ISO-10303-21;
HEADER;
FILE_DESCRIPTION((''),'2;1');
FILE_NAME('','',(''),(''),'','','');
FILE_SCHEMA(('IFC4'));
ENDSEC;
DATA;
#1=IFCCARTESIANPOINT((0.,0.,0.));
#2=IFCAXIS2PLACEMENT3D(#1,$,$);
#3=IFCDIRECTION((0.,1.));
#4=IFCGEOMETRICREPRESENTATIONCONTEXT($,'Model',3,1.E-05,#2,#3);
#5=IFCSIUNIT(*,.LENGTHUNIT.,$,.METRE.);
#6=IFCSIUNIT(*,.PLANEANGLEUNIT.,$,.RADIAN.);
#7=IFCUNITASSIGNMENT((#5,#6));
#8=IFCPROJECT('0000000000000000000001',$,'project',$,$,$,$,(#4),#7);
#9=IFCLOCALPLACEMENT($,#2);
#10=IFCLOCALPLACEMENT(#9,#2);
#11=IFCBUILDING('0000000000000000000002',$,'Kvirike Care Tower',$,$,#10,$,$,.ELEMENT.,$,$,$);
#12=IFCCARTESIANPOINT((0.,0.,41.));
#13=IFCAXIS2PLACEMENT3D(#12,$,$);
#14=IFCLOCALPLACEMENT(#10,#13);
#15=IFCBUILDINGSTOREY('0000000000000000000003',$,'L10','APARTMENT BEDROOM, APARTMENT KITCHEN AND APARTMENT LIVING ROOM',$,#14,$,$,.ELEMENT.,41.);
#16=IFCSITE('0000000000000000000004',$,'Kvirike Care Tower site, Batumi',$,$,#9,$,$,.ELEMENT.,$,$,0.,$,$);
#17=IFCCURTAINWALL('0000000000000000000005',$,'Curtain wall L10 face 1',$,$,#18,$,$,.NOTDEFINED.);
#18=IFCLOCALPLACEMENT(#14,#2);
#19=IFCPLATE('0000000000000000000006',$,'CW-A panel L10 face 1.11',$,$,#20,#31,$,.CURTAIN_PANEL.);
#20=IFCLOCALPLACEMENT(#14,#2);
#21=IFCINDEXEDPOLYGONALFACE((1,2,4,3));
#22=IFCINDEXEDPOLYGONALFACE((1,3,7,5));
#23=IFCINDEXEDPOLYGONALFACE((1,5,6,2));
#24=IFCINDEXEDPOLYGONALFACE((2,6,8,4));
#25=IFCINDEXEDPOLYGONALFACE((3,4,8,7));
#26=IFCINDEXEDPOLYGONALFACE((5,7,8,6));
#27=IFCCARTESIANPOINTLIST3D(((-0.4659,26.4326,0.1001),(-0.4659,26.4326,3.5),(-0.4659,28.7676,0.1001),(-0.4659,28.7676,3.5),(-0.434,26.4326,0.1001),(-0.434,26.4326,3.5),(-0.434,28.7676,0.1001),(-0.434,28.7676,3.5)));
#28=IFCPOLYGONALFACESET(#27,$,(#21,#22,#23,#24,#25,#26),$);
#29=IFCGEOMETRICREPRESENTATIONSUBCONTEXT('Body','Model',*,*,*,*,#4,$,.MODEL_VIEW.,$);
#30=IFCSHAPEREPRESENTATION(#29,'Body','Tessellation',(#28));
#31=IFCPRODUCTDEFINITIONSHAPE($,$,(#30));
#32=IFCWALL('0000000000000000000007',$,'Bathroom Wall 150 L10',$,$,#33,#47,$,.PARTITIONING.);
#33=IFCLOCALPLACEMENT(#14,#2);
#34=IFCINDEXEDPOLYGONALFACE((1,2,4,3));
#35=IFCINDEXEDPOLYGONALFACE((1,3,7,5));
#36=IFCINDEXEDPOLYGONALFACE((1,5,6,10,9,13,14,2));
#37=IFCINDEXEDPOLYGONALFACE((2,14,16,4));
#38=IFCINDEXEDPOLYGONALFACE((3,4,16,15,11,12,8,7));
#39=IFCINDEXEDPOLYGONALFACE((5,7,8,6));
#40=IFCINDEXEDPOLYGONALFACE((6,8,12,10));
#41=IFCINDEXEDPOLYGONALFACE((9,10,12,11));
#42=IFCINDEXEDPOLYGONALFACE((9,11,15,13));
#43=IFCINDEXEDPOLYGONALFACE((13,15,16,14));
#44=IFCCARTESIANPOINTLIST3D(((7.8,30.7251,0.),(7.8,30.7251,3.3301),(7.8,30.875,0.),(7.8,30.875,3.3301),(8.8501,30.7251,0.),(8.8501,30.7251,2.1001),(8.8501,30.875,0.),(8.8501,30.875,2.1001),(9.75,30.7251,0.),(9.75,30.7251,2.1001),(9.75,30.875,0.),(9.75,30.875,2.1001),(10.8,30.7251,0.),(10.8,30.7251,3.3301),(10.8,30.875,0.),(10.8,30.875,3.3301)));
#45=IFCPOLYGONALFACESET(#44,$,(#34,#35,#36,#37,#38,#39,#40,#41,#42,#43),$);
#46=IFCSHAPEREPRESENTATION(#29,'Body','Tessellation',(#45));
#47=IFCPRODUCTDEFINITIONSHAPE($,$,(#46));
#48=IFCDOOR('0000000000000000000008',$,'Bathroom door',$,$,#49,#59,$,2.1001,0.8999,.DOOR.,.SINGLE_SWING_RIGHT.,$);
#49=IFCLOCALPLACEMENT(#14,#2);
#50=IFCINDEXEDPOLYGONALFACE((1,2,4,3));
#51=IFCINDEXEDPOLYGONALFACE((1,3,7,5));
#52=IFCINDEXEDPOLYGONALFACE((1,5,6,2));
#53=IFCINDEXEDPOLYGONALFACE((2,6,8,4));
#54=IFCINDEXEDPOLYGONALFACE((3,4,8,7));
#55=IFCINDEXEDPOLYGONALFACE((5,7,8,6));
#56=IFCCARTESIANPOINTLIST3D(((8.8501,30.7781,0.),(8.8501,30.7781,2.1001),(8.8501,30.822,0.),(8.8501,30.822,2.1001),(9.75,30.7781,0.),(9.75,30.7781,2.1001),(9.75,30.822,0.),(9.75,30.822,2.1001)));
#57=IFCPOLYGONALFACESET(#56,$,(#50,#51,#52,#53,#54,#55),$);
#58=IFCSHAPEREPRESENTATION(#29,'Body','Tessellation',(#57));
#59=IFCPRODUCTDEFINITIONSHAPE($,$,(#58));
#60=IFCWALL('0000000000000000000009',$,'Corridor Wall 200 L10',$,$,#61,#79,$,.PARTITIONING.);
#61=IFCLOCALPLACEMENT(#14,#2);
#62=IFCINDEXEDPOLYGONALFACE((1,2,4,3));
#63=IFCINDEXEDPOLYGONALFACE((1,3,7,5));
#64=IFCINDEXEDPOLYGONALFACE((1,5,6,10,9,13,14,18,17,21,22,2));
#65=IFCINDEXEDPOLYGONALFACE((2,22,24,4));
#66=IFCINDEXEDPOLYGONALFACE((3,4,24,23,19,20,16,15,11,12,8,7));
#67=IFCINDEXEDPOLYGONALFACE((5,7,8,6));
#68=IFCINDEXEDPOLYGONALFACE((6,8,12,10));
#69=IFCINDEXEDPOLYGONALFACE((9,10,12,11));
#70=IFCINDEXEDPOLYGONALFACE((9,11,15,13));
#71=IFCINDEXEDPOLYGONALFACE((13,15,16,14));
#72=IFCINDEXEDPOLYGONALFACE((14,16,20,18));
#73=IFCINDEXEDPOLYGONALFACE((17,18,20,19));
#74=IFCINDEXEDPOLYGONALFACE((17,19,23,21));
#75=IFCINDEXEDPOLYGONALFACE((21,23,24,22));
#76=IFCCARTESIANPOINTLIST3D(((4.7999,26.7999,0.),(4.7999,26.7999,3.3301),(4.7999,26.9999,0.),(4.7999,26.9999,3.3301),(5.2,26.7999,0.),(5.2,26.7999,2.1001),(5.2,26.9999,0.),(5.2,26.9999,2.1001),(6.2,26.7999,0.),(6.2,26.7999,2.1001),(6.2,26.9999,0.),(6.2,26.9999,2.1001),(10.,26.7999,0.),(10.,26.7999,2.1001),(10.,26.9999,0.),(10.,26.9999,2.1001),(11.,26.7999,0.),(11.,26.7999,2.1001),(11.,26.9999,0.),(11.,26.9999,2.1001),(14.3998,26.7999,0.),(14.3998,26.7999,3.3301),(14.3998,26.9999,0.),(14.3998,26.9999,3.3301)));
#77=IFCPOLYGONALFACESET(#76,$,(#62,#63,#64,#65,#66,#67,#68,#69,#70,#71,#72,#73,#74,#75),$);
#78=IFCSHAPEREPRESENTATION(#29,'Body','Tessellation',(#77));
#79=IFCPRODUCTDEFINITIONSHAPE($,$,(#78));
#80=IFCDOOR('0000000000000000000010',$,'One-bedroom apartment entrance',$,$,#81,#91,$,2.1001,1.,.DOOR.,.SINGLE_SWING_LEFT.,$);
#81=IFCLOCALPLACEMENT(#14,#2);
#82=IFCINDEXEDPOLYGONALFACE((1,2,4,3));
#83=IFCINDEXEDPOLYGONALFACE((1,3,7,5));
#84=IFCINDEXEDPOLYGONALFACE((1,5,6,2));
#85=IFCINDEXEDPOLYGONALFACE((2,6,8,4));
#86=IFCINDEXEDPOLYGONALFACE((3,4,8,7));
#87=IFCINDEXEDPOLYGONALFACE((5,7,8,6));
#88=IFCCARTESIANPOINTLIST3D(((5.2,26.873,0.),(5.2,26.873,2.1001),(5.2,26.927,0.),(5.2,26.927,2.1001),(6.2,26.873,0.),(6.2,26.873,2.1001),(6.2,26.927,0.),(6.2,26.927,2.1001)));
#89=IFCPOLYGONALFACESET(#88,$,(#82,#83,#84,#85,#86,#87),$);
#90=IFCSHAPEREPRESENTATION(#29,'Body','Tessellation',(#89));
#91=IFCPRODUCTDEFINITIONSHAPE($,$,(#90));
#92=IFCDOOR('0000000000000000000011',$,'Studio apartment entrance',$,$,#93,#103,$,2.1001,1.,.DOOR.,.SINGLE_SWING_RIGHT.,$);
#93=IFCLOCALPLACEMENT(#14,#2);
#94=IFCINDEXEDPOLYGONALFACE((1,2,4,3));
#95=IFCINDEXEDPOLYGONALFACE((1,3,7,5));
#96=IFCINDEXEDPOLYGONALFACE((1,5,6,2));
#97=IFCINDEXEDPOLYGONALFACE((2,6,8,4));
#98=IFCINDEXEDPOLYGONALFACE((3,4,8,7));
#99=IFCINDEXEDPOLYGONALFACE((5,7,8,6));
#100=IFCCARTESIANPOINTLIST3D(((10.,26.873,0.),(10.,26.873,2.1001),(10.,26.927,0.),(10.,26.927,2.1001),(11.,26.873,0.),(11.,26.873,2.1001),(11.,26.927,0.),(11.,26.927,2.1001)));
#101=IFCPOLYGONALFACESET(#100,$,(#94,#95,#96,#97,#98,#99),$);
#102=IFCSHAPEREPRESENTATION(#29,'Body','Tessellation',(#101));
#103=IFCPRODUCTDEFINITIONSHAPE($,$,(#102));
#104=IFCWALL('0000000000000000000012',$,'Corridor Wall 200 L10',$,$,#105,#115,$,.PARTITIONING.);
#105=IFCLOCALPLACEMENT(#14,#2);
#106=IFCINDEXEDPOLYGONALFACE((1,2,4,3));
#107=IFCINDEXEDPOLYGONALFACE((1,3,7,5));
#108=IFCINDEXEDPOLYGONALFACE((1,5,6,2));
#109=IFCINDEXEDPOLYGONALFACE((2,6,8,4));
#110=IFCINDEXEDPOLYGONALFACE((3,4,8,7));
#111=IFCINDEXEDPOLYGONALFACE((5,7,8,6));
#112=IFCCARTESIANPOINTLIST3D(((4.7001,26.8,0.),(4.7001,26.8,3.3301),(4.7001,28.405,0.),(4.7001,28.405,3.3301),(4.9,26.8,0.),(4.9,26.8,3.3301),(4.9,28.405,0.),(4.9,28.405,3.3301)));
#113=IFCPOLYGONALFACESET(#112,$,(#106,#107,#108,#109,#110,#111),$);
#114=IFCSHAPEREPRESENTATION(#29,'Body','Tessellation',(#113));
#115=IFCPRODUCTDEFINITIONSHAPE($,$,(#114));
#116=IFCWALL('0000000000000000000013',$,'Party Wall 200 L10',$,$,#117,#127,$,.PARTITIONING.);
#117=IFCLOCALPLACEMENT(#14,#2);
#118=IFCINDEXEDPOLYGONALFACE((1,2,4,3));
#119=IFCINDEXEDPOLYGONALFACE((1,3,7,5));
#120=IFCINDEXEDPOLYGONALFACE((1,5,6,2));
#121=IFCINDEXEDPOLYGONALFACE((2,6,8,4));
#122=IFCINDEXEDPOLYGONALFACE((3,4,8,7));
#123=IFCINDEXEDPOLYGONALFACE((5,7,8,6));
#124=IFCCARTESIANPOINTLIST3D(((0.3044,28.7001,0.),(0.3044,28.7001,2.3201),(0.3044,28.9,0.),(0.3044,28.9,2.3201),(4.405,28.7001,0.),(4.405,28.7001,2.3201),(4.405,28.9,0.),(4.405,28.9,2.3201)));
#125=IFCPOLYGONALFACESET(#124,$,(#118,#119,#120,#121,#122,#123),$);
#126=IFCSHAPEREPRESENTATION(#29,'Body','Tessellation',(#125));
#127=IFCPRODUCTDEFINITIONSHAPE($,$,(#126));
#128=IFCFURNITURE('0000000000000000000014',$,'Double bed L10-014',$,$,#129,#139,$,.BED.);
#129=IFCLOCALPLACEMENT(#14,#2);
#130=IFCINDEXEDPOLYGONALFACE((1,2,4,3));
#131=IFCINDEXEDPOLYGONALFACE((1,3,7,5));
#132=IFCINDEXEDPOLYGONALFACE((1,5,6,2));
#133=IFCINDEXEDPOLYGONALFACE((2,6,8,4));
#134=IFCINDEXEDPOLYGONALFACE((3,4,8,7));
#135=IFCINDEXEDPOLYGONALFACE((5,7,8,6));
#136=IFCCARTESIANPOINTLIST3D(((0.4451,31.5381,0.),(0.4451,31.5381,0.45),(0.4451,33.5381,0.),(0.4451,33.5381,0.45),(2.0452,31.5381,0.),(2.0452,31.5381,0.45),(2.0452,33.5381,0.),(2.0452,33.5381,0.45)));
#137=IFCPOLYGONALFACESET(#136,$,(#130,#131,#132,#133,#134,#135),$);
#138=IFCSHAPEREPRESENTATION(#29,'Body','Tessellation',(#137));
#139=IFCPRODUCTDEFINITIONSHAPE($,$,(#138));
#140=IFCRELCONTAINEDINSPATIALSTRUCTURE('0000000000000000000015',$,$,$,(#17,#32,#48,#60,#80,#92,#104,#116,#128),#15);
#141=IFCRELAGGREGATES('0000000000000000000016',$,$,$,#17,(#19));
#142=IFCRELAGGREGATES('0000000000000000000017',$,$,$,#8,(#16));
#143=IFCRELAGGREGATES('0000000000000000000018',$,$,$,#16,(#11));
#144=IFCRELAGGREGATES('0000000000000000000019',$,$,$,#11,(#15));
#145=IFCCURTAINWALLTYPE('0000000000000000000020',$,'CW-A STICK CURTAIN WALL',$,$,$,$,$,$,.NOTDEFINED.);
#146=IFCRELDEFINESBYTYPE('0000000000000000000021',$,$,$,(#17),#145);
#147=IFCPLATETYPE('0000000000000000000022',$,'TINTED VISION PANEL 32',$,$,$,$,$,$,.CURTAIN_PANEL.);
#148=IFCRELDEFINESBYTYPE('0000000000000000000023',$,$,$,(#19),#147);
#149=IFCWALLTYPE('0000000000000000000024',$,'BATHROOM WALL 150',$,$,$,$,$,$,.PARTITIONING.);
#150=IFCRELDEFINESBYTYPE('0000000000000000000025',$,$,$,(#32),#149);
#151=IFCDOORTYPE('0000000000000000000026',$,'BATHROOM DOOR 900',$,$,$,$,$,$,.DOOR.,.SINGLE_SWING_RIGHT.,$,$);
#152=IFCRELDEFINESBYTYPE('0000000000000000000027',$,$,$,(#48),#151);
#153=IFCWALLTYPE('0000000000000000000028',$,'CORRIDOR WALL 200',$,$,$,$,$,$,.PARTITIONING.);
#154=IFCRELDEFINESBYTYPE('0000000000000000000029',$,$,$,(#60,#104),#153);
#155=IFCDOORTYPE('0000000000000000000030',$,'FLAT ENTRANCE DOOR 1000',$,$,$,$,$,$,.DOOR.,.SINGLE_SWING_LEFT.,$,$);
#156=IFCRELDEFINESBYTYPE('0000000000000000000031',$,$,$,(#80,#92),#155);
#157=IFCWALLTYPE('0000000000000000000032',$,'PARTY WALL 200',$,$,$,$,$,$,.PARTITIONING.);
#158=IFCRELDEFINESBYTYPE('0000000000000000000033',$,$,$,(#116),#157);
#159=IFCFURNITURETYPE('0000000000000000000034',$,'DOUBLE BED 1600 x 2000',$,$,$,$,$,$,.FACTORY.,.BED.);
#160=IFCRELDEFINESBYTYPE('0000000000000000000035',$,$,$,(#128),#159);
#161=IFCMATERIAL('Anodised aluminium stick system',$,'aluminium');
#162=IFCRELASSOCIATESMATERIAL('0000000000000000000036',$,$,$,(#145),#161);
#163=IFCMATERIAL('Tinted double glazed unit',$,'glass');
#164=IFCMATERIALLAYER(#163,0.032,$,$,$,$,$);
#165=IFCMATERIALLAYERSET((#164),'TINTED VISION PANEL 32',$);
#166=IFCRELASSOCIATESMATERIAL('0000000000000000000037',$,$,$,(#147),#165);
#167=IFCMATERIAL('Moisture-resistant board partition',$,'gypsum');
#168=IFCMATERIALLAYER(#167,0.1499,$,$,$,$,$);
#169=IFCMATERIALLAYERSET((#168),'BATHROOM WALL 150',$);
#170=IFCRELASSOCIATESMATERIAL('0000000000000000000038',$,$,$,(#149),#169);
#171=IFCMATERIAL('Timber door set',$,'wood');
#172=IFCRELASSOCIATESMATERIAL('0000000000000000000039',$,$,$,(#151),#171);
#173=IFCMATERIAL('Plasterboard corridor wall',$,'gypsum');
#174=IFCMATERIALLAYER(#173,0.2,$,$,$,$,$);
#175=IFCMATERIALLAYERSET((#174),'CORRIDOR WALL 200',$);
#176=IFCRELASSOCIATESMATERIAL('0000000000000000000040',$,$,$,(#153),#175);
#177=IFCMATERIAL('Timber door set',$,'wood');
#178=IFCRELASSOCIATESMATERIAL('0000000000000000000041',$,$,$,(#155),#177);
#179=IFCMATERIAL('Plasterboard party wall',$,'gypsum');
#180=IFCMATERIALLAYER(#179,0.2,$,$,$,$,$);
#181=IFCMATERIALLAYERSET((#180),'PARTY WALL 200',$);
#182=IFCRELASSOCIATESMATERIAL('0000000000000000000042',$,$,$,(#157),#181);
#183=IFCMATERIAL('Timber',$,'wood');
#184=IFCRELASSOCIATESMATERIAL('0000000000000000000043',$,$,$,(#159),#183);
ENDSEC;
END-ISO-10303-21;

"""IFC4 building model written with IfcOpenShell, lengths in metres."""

from ifc_helpers import new_model, si_unit, direction, frame, frame_2d, origin, origin_2d, place, context, subcontext, project, spatial, rectangle, extrude, material, layer, layer_set, type_object, element, fill, aggregate, save


model = new_model("IFC4")

# Units and contexts
model_context = context("Model", 3, precision=1e-05, world=origin(), true_north=direction((0.0, 1.0)))
body_context = subcontext(model_context, "Body", "Model", "MODEL_VIEW")
ifc_project = project(units=[si_unit("LENGTHUNIT", "METRE"), si_unit("PLANEANGLEUNIT", "RADIAN")], contexts=[model_context])

# Site, building, storey
site_placement = place(None, origin())
site = spatial("IfcSite", under=ifc_project, at=site_placement, Name="Kvirike Care Tower site, Batumi", CompositionType="ELEMENT", RefElevation=0.0)
building_placement = place(site_placement, origin())
building = spatial("IfcBuilding", under=site, at=building_placement, Name="Kvirike Care Tower", CompositionType="ELEMENT")
storey_placement = place(building_placement, frame((0.0, 0.0, 41.0)))
storey = spatial("IfcBuildingStorey", under=building, at=storey_placement, Name="L10", Description="APARTMENT BEDROOM, APARTMENT KITCHEN AND APARTMENT LIVING ROOM", CompositionType="ELEMENT", Elevation=41.0)

# Curtain wall
ifc_material_1 = material(Name="Anodised aluminium stick system", Category="aluminium")
curtain_wall_type = type_object("IfcCurtainWallType", Name="CW-A STICK CURTAIN WALL", PredefinedType="NOTDEFINED", material=ifc_material_1)
curtain_wall_placement = place(storey_placement, origin())
curtain_wall = element("IfcCurtainWall", 1, at=curtain_wall_placement, inside=storey, type_object=curtain_wall_type, Name="Curtain wall L10 face 1", PredefinedType="NOTDEFINED")

# Plate
ifc_material_2 = material(Name="Tinted double glazed unit", Category="glass")
ifc_layer_1 = layer(ifc_material_2, 0.032)
ifc_layer_set_1 = layer_set([ifc_layer_1], Name="TINTED VISION PANEL 32")
plate_type = type_object("IfcPlateType", Name="TINTED VISION PANEL 32", PredefinedType="CURTAIN_PANEL", material=ifc_layer_set_1)
plate_1_placement = place(storey_placement, frame((-0.45, 27.6001, 0.1001), z_axis=(0.0, 0.0, 1.0), x_axis=(0.0, -1.0, 0.0)))
plate_1 = element("IfcPlate", 2, at=plate_1_placement, type_object=plate_type, Name="CW-A panel L10 face 1.11", PredefinedType="CURTAIN_PANEL", context=body_context, shape_type="SweptSolid", body=[
    extrude(rectangle(XDim=2.335, YDim=0.032, at=origin_2d()), origin(), (0.0, 0.0, 1.0), 3.3999),
])
aggregate(curtain_wall, [plate_1])

# Wall, opening, door
ifc_material_3 = material(Name="Moisture-resistant board partition", Category="gypsum")
ifc_layer_2 = layer(ifc_material_3, 0.1499)
ifc_layer_set_2 = layer_set([ifc_layer_2], Name="BATHROOM WALL 150")
wall_type_1 = type_object("IfcWallType", Name="BATHROOM WALL 150", PredefinedType="PARTITIONING", material=ifc_layer_set_2)
wall_1_placement = place(storey_placement, frame((7.8, 30.8, 0.0), z_axis=(0.0, 0.0, 1.0), x_axis=(1.0, 0.0, 0.0)))
wall_1 = element("IfcWall", 3, at=wall_1_placement, inside=storey, type_object=wall_type_1, Name="Bathroom Wall 150 L10", PredefinedType="PARTITIONING", context=body_context, shape_type="SweptSolid", body=[
    extrude(rectangle(XDim=3.0, YDim=0.1499, at=frame_2d((1.5, 0.0))), origin(), (0.0, 0.0, 1.0), 3.3301),
])
opening_1_placement = place(wall_1_placement, frame((1.05, 0.0, 0.0)))
opening_1 = element("IfcOpeningElement", 4, at=opening_1_placement, cuts=wall_1, PredefinedType="OPENING", context=body_context, shape_type="SweptSolid", body=[
    extrude(rectangle(XDim=0.8999, YDim=2.1001, at=frame_2d((0.45, 1.05))), frame((0.0, 0.0854, 0.0), z_axis=(0.0, -1.0, 0.0), x_axis=(1.0, 0.0, 0.0)), (0.0, 0.0, 1.0), 0.1709),
])
ifc_material_4 = material(Name="Timber door set", Category="wood")
door_type_1 = type_object("IfcDoorType", Name="BATHROOM DOOR 900", OperationType="SINGLE_SWING_RIGHT", PredefinedType="DOOR", material=ifc_material_4)
door_1_placement = place(opening_1_placement, origin())
door_1 = element("IfcDoor", 5, at=door_1_placement, inside=storey, type_object=door_type_1, Name="Bathroom door", OperationType="SINGLE_SWING_RIGHT", OverallHeight=2.1001, OverallWidth=0.8999, PredefinedType="DOOR", context=body_context, shape_type="SweptSolid", body=[
    extrude(rectangle(XDim=0.8999, YDim=2.1001, at=frame_2d((0.45, 1.05))), frame((0.0, 0.022, 0.0), z_axis=(0.0, -1.0, 0.0), x_axis=(1.0, 0.0, 0.0)), (0.0, 0.0, 1.0), 0.0439),
])
fill(opening_1, door_1)

# Wall, openings, doors
ifc_material_5 = material(Name="Plasterboard corridor wall", Category="gypsum")
ifc_layer_3 = layer(ifc_material_5, 0.2)
ifc_layer_set_3 = layer_set([ifc_layer_3], Name="CORRIDOR WALL 200")
wall_type_2 = type_object("IfcWallType", Name="CORRIDOR WALL 200", PredefinedType="PARTITIONING", material=ifc_layer_set_3)
wall_2_placement = place(storey_placement, frame((4.8, 26.8999, 0.0), z_axis=(0.0, 0.0, 1.0), x_axis=(1.0, 0.0, 0.0)))
wall_2 = element("IfcWall", 6, at=wall_2_placement, inside=storey, type_object=wall_type_2, Name="Corridor Wall 200 L10", PredefinedType="PARTITIONING", context=body_context, shape_type="SweptSolid", body=[
    extrude(rectangle(XDim=9.5999, YDim=0.2, at=frame_2d((4.7998, 0.0))), origin(), (0.0, 0.0, 1.0), 3.3301),
])
opening_2_placement = place(wall_2_placement, frame((0.3999, 0.0, 0.0)))
opening_2 = element("IfcOpeningElement", 7, at=opening_2_placement, cuts=wall_2, PredefinedType="OPENING", context=body_context, shape_type="SweptSolid", body=[
    extrude(rectangle(XDim=1.0, YDim=2.1001, at=frame_2d((0.5, 1.05))), frame((0.0, 0.1106, 0.0), z_axis=(0.0, -1.0, 0.0), x_axis=(1.0, 0.0, 0.0)), (0.0, 0.0, 1.0), 0.2209),
])
opening_3_placement = place(wall_2_placement, frame((5.2, 0.0, 0.0)))
opening_3 = element("IfcOpeningElement", 8, at=opening_3_placement, cuts=wall_2, PredefinedType="OPENING", context=body_context, shape_type="SweptSolid", body=[
    extrude(rectangle(XDim=1.0, YDim=2.1001, at=frame_2d((0.5, 1.05))), frame((0.0, 0.1106, 0.0), z_axis=(0.0, -1.0, 0.0), x_axis=(1.0, 0.0, 0.0)), (0.0, 0.0, 1.0), 0.2209),
])
ifc_material_6 = material(Name="Timber door set", Category="wood")
door_type_2 = type_object("IfcDoorType", Name="FLAT ENTRANCE DOOR 1000", OperationType="SINGLE_SWING_LEFT", PredefinedType="DOOR", material=ifc_material_6)
door_2_placement = place(opening_2_placement, frame((1.0, 0.0, 0.0), z_axis=(0.0, 0.0, 1.0), x_axis=(-1.0, 0.0, 0.0)))
door_2 = element("IfcDoor", 9, at=door_2_placement, inside=storey, type_object=door_type_2, Name="One-bedroom apartment entrance", OperationType="SINGLE_SWING_LEFT", OverallHeight=2.1001, OverallWidth=1.0, PredefinedType="DOOR", context=body_context, shape_type="SweptSolid", body=[
    extrude(rectangle(XDim=1.0, YDim=2.1001, at=frame_2d((0.5, 1.05))), frame((0.0, 0.0269, 0.0), z_axis=(0.0, -1.0, 0.0), x_axis=(1.0, 0.0, 0.0)), (0.0, 0.0, 1.0), 0.054),
])
fill(opening_2, door_2)
door_3_placement = place(opening_3_placement, frame((1.0, 0.0, 0.0), z_axis=(0.0, 0.0, 1.0), x_axis=(-1.0, 0.0, 0.0)))
door_3 = element("IfcDoor", 10, at=door_3_placement, inside=storey, type_object=door_type_2, Name="Studio apartment entrance", OperationType="SINGLE_SWING_RIGHT", OverallHeight=2.1001, OverallWidth=1.0, PredefinedType="DOOR", context=body_context, shape_type="SweptSolid", body=[
    extrude(rectangle(XDim=1.0, YDim=2.1001, at=frame_2d((0.5, 1.05))), frame((0.0, 0.0269, 0.0), z_axis=(0.0, -1.0, 0.0), x_axis=(1.0, 0.0, 0.0)), (0.0, 0.0, 1.0), 0.054),
])
fill(opening_3, door_3)

# Walls
wall_3_placement = place(storey_placement, frame((4.8, 26.8, 0.0), z_axis=(0.0, 0.0, 1.0), x_axis=(0.0, 1.0, 0.0)))
element("IfcWall", 11, at=wall_3_placement, inside=storey, type_object=wall_type_2, Name="Corridor Wall 200 L10", PredefinedType="PARTITIONING", context=body_context, shape_type="SweptSolid", body=[
    extrude(rectangle(XDim=1.605, YDim=0.2, at=frame_2d((0.8025, 0.0))), origin(), (0.0, 0.0, 1.0), 3.3301),
])
ifc_material_7 = material(Name="Plasterboard party wall", Category="gypsum")
ifc_layer_4 = layer(ifc_material_7, 0.2)
ifc_layer_set_4 = layer_set([ifc_layer_4], Name="PARTY WALL 200")
wall_type_3 = type_object("IfcWallType", Name="PARTY WALL 200", PredefinedType="PARTITIONING", material=ifc_layer_set_4)
wall_4_placement = place(storey_placement, frame((4.405, 28.8, 0.0), z_axis=(0.0, 0.0, 1.0), x_axis=(-1.0, 0.0, 0.0)))
element("IfcWall", 12, at=wall_4_placement, inside=storey, type_object=wall_type_3, Name="Party Wall 200 L10", PredefinedType="PARTITIONING", context=body_context, shape_type="SweptSolid", body=[
    extrude(rectangle(XDim=4.1006, YDim=0.2, at=frame_2d((2.0503, 0.0))), origin(), (0.0, 0.0, 1.0), 2.3201),
])

# Furniture
ifc_material_8 = material(Name="Timber", Category="wood")
furniture_type = type_object("IfcFurnitureType", Name="DOUBLE BED 1600 x 2000", AssemblyPlace="FACTORY", PredefinedType="BED", material=ifc_material_8)
furniture_placement = place(storey_placement, frame((1.2451, 32.5381, 0.0), z_axis=(0.0, 0.0, 1.0), x_axis=(1.0, 0.0, 0.0)))
element("IfcFurniture", 13, at=furniture_placement, inside=storey, type_object=furniture_type, Name="Double bed L10-014", PredefinedType="BED", context=body_context, shape_type="SweptSolid", body=[
    extrude(rectangle(XDim=1.6001, YDim=2.0, at=origin_2d()), origin(), (0.0, 0.0, 1.0), 0.45),
])

save(model, "model.ifc")
